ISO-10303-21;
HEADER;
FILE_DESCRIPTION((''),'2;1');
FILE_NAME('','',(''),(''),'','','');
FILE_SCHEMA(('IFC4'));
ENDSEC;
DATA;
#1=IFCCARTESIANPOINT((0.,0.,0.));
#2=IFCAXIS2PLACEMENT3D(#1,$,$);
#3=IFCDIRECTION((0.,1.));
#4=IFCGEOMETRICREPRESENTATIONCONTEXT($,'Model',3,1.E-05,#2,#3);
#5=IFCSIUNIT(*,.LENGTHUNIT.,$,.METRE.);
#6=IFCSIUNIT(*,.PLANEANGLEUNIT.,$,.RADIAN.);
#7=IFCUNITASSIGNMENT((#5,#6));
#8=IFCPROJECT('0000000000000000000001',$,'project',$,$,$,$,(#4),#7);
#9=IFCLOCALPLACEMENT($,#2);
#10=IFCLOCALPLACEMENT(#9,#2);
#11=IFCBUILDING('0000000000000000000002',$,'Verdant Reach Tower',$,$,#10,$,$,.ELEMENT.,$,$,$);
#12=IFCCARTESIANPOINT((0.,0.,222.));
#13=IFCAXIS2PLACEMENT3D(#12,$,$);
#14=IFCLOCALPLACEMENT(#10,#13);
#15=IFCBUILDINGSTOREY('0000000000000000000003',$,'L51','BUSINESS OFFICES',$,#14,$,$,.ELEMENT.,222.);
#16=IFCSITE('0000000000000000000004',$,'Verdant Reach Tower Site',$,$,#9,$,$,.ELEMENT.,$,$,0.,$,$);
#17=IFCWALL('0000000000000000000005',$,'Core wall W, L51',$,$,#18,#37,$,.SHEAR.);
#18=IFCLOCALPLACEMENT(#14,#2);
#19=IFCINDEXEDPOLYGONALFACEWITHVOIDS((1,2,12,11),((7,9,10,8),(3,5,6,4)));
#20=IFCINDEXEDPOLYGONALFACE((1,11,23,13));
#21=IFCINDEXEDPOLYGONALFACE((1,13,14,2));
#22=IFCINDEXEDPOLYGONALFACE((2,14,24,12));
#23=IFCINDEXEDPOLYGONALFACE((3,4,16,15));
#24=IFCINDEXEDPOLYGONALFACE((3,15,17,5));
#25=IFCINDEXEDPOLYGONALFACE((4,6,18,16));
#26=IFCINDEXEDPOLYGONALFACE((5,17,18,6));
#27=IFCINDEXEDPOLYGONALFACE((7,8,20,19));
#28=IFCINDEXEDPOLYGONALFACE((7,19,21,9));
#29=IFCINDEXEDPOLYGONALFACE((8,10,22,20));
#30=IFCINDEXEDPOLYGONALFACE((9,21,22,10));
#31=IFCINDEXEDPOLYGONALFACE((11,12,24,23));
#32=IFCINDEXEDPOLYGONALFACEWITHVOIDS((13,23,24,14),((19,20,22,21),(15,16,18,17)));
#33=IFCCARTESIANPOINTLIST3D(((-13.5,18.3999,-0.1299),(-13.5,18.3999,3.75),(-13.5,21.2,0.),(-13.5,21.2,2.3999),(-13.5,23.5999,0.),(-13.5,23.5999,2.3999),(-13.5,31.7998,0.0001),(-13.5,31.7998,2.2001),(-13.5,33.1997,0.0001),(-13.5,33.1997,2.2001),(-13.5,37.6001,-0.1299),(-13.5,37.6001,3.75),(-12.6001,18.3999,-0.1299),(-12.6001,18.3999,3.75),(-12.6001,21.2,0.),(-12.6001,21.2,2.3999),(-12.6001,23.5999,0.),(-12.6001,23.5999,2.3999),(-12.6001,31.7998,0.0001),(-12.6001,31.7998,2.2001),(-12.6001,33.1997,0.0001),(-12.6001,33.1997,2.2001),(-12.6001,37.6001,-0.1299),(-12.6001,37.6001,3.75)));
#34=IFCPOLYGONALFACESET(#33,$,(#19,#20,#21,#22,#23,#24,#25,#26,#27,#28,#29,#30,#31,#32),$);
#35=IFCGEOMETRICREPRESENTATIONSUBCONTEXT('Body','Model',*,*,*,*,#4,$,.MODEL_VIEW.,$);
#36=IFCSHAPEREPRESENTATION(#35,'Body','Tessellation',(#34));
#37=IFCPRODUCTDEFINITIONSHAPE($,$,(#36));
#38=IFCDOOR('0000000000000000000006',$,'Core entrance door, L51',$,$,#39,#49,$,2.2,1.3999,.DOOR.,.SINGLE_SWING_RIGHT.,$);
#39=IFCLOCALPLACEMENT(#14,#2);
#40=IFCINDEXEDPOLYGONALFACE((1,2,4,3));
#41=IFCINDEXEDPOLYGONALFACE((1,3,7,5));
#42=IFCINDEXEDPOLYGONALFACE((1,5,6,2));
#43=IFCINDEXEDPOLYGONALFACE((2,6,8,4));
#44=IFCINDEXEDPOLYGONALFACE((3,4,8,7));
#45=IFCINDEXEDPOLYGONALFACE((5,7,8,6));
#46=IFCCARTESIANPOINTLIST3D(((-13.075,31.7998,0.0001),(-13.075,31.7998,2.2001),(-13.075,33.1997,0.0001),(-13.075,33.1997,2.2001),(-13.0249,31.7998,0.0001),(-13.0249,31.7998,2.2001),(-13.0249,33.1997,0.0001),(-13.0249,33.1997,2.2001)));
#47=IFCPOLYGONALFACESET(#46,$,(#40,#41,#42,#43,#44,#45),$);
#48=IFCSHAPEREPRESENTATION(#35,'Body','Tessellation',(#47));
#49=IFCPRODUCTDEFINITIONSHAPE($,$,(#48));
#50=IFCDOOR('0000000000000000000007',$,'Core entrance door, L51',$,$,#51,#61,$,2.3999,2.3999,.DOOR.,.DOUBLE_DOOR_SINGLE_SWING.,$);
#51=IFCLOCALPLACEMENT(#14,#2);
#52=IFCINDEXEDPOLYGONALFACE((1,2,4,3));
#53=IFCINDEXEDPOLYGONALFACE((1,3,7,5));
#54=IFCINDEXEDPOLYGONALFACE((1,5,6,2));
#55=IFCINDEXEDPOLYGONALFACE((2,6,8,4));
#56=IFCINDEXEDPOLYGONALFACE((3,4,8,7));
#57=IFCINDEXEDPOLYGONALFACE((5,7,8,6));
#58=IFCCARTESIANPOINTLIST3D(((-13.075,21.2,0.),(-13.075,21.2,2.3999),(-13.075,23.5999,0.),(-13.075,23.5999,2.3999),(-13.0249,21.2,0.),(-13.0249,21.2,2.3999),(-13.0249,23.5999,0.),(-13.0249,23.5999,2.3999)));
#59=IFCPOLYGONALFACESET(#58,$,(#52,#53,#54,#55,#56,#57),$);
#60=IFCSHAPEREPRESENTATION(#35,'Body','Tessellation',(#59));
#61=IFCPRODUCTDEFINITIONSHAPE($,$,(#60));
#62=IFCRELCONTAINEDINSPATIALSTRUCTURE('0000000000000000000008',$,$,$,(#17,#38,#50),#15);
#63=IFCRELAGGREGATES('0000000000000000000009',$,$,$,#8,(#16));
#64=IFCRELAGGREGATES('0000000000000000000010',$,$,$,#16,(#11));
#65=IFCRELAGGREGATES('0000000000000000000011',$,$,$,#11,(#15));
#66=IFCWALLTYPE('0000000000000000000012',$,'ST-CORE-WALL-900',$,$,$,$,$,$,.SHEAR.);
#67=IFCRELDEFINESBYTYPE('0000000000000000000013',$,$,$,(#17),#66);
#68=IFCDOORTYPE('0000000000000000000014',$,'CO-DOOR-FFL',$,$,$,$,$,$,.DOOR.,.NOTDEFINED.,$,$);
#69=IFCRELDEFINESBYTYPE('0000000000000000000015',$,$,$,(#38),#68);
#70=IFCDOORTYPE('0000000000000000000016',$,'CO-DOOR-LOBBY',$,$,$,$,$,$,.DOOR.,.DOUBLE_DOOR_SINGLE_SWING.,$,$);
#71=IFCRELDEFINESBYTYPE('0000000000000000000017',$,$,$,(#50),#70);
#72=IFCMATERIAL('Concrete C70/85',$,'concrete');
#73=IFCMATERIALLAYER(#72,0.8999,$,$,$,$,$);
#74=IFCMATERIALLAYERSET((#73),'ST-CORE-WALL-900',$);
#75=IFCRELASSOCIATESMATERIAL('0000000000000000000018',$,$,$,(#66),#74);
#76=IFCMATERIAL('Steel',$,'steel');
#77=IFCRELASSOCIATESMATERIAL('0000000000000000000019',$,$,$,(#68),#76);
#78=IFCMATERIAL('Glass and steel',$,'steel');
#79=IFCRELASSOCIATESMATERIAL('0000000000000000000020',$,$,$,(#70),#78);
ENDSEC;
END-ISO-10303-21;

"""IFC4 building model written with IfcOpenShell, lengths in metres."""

from ifc_helpers import new_model, si_unit, direction, frame, frame_2d, origin, place, context, subcontext, project, spatial, rectangle, extrude, material, layer, layer_set, type_object, element, fill, save


model = new_model("IFC4")

# Units and contexts
model_context = context("Model", 3, precision=1e-05, world=origin(), true_north=direction((0.0, 1.0)))
body_context = subcontext(model_context, "Body", "Model", "MODEL_VIEW")
ifc_project = project(units=[si_unit("LENGTHUNIT", "METRE"), si_unit("PLANEANGLEUNIT", "RADIAN")], contexts=[model_context])

# Site, building, storey
site_placement = place(None, origin())
site = spatial("IfcSite", under=ifc_project, at=site_placement, Name="Verdant Reach Tower Site", CompositionType="ELEMENT", RefElevation=0.0)
building_placement = place(site_placement, origin())
building = spatial("IfcBuilding", under=site, at=building_placement, Name="Verdant Reach Tower", CompositionType="ELEMENT")
storey_placement = place(building_placement, frame((0.0, 0.0, 222.0)))
storey = spatial("IfcBuildingStorey", under=building, at=storey_placement, Name="L51", Description="BUSINESS OFFICES", CompositionType="ELEMENT", Elevation=222.0)

# Wall, openings, doors
ifc_material_1 = material(Name="Concrete C70/85", Category="concrete")
ifc_layer_1 = layer(ifc_material_1, 0.8999)
ifc_layer_set_1 = layer_set([ifc_layer_1], Name="ST-CORE-WALL-900")
wall_type_1 = type_object("IfcWallType", Name="ST-CORE-WALL-900", PredefinedType="SHEAR", material=ifc_layer_set_1)
wall_1_placement = place(storey_placement, frame((-13.05, 18.3999, -0.1299), z_axis=(0.0, 0.0, 1.0), x_axis=(0.0, 1.0, 0.0)))
wall_1 = element("IfcWall", 1, at=wall_1_placement, inside=storey, type_object=wall_type_1, Name="Core wall W, L51", PredefinedType="SHEAR", context=body_context, shape_type="SweptSolid", body=[
    extrude(rectangle(XDim=19.2002, YDim=0.8999, at=frame_2d((9.6001, 0.0))), origin(), (0.0, 0.0, 1.0), 3.8799),
])
opening_1_placement = place(wall_1_placement, frame((2.8, 0.0, 0.1299)))
opening_1 = element("IfcOpeningElement", 2, at=opening_1_placement, cuts=wall_1, PredefinedType="OPENING", context=body_context, shape_type="SweptSolid", body=[
    extrude(rectangle(XDim=2.3999, YDim=2.3999, at=frame_2d((1.2, 1.2))), frame((0.0, 0.46, 0.0), z_axis=(0.0, -1.0, 0.0), x_axis=(1.0, 0.0, 0.0)), (0.0, 0.0, 1.0), 0.9199),
])
opening_2_placement = place(wall_1_placement, frame((13.3999, 0.0, 0.1299)))
opening_2 = element("IfcOpeningElement", 3, at=opening_2_placement, cuts=wall_1, PredefinedType="OPENING", context=body_context, shape_type="SweptSolid", body=[
    extrude(rectangle(XDim=1.3999, YDim=2.2, at=frame_2d((0.7, 1.1001))), frame((0.0, 0.46, 0.0), z_axis=(0.0, -1.0, 0.0), x_axis=(1.0, 0.0, 0.0)), (0.0, 0.0, 1.0), 0.9199),
])
ifc_material_2 = material(Name="Steel", Category="steel")
door_type_1 = type_object("IfcDoorType", Name="CO-DOOR-FFL", OperationType="NOTDEFINED", PredefinedType="DOOR", material=ifc_material_2)
door_1_placement = place(opening_2_placement, origin())
door_1 = element("IfcDoor", 4, at=door_1_placement, inside=storey, type_object=door_type_1, Name="Core entrance door, L51", OperationType="SINGLE_SWING_RIGHT", OverallHeight=2.2, OverallWidth=1.3999, PredefinedType="DOOR", context=body_context, shape_type="SweptSolid", body=[
    extrude(rectangle(XDim=1.3999, YDim=2.2, at=frame_2d((0.7, 1.1001))), frame((0.0, 0.0249, 0.0), z_axis=(0.0, -1.0, 0.0), x_axis=(1.0, 0.0, 0.0)), (0.0, 0.0, 1.0), 0.05),
])
fill(opening_2, door_1)
ifc_material_3 = material(Name="Glass and steel", Category="steel")
door_type_2 = type_object("IfcDoorType", Name="CO-DOOR-LOBBY", OperationType="DOUBLE_DOOR_SINGLE_SWING", PredefinedType="DOOR", material=ifc_material_3)
door_2_placement = place(opening_1_placement, origin())
door_2 = element("IfcDoor", 5, at=door_2_placement, inside=storey, type_object=door_type_2, Name="Core entrance door, L51", OperationType="DOUBLE_DOOR_SINGLE_SWING", OverallHeight=2.3999, OverallWidth=2.3999, PredefinedType="DOOR", context=body_context, shape_type="SweptSolid", body=[
    extrude(rectangle(XDim=2.3999, YDim=2.3999, at=frame_2d((1.2, 1.2))), frame((0.0, 0.0249, 0.0), z_axis=(0.0, -1.0, 0.0), x_axis=(1.0, 0.0, 0.0)), (0.0, 0.0, 1.0), 0.05),
])
fill(opening_1, door_2)

save(model, "model.ifc")
